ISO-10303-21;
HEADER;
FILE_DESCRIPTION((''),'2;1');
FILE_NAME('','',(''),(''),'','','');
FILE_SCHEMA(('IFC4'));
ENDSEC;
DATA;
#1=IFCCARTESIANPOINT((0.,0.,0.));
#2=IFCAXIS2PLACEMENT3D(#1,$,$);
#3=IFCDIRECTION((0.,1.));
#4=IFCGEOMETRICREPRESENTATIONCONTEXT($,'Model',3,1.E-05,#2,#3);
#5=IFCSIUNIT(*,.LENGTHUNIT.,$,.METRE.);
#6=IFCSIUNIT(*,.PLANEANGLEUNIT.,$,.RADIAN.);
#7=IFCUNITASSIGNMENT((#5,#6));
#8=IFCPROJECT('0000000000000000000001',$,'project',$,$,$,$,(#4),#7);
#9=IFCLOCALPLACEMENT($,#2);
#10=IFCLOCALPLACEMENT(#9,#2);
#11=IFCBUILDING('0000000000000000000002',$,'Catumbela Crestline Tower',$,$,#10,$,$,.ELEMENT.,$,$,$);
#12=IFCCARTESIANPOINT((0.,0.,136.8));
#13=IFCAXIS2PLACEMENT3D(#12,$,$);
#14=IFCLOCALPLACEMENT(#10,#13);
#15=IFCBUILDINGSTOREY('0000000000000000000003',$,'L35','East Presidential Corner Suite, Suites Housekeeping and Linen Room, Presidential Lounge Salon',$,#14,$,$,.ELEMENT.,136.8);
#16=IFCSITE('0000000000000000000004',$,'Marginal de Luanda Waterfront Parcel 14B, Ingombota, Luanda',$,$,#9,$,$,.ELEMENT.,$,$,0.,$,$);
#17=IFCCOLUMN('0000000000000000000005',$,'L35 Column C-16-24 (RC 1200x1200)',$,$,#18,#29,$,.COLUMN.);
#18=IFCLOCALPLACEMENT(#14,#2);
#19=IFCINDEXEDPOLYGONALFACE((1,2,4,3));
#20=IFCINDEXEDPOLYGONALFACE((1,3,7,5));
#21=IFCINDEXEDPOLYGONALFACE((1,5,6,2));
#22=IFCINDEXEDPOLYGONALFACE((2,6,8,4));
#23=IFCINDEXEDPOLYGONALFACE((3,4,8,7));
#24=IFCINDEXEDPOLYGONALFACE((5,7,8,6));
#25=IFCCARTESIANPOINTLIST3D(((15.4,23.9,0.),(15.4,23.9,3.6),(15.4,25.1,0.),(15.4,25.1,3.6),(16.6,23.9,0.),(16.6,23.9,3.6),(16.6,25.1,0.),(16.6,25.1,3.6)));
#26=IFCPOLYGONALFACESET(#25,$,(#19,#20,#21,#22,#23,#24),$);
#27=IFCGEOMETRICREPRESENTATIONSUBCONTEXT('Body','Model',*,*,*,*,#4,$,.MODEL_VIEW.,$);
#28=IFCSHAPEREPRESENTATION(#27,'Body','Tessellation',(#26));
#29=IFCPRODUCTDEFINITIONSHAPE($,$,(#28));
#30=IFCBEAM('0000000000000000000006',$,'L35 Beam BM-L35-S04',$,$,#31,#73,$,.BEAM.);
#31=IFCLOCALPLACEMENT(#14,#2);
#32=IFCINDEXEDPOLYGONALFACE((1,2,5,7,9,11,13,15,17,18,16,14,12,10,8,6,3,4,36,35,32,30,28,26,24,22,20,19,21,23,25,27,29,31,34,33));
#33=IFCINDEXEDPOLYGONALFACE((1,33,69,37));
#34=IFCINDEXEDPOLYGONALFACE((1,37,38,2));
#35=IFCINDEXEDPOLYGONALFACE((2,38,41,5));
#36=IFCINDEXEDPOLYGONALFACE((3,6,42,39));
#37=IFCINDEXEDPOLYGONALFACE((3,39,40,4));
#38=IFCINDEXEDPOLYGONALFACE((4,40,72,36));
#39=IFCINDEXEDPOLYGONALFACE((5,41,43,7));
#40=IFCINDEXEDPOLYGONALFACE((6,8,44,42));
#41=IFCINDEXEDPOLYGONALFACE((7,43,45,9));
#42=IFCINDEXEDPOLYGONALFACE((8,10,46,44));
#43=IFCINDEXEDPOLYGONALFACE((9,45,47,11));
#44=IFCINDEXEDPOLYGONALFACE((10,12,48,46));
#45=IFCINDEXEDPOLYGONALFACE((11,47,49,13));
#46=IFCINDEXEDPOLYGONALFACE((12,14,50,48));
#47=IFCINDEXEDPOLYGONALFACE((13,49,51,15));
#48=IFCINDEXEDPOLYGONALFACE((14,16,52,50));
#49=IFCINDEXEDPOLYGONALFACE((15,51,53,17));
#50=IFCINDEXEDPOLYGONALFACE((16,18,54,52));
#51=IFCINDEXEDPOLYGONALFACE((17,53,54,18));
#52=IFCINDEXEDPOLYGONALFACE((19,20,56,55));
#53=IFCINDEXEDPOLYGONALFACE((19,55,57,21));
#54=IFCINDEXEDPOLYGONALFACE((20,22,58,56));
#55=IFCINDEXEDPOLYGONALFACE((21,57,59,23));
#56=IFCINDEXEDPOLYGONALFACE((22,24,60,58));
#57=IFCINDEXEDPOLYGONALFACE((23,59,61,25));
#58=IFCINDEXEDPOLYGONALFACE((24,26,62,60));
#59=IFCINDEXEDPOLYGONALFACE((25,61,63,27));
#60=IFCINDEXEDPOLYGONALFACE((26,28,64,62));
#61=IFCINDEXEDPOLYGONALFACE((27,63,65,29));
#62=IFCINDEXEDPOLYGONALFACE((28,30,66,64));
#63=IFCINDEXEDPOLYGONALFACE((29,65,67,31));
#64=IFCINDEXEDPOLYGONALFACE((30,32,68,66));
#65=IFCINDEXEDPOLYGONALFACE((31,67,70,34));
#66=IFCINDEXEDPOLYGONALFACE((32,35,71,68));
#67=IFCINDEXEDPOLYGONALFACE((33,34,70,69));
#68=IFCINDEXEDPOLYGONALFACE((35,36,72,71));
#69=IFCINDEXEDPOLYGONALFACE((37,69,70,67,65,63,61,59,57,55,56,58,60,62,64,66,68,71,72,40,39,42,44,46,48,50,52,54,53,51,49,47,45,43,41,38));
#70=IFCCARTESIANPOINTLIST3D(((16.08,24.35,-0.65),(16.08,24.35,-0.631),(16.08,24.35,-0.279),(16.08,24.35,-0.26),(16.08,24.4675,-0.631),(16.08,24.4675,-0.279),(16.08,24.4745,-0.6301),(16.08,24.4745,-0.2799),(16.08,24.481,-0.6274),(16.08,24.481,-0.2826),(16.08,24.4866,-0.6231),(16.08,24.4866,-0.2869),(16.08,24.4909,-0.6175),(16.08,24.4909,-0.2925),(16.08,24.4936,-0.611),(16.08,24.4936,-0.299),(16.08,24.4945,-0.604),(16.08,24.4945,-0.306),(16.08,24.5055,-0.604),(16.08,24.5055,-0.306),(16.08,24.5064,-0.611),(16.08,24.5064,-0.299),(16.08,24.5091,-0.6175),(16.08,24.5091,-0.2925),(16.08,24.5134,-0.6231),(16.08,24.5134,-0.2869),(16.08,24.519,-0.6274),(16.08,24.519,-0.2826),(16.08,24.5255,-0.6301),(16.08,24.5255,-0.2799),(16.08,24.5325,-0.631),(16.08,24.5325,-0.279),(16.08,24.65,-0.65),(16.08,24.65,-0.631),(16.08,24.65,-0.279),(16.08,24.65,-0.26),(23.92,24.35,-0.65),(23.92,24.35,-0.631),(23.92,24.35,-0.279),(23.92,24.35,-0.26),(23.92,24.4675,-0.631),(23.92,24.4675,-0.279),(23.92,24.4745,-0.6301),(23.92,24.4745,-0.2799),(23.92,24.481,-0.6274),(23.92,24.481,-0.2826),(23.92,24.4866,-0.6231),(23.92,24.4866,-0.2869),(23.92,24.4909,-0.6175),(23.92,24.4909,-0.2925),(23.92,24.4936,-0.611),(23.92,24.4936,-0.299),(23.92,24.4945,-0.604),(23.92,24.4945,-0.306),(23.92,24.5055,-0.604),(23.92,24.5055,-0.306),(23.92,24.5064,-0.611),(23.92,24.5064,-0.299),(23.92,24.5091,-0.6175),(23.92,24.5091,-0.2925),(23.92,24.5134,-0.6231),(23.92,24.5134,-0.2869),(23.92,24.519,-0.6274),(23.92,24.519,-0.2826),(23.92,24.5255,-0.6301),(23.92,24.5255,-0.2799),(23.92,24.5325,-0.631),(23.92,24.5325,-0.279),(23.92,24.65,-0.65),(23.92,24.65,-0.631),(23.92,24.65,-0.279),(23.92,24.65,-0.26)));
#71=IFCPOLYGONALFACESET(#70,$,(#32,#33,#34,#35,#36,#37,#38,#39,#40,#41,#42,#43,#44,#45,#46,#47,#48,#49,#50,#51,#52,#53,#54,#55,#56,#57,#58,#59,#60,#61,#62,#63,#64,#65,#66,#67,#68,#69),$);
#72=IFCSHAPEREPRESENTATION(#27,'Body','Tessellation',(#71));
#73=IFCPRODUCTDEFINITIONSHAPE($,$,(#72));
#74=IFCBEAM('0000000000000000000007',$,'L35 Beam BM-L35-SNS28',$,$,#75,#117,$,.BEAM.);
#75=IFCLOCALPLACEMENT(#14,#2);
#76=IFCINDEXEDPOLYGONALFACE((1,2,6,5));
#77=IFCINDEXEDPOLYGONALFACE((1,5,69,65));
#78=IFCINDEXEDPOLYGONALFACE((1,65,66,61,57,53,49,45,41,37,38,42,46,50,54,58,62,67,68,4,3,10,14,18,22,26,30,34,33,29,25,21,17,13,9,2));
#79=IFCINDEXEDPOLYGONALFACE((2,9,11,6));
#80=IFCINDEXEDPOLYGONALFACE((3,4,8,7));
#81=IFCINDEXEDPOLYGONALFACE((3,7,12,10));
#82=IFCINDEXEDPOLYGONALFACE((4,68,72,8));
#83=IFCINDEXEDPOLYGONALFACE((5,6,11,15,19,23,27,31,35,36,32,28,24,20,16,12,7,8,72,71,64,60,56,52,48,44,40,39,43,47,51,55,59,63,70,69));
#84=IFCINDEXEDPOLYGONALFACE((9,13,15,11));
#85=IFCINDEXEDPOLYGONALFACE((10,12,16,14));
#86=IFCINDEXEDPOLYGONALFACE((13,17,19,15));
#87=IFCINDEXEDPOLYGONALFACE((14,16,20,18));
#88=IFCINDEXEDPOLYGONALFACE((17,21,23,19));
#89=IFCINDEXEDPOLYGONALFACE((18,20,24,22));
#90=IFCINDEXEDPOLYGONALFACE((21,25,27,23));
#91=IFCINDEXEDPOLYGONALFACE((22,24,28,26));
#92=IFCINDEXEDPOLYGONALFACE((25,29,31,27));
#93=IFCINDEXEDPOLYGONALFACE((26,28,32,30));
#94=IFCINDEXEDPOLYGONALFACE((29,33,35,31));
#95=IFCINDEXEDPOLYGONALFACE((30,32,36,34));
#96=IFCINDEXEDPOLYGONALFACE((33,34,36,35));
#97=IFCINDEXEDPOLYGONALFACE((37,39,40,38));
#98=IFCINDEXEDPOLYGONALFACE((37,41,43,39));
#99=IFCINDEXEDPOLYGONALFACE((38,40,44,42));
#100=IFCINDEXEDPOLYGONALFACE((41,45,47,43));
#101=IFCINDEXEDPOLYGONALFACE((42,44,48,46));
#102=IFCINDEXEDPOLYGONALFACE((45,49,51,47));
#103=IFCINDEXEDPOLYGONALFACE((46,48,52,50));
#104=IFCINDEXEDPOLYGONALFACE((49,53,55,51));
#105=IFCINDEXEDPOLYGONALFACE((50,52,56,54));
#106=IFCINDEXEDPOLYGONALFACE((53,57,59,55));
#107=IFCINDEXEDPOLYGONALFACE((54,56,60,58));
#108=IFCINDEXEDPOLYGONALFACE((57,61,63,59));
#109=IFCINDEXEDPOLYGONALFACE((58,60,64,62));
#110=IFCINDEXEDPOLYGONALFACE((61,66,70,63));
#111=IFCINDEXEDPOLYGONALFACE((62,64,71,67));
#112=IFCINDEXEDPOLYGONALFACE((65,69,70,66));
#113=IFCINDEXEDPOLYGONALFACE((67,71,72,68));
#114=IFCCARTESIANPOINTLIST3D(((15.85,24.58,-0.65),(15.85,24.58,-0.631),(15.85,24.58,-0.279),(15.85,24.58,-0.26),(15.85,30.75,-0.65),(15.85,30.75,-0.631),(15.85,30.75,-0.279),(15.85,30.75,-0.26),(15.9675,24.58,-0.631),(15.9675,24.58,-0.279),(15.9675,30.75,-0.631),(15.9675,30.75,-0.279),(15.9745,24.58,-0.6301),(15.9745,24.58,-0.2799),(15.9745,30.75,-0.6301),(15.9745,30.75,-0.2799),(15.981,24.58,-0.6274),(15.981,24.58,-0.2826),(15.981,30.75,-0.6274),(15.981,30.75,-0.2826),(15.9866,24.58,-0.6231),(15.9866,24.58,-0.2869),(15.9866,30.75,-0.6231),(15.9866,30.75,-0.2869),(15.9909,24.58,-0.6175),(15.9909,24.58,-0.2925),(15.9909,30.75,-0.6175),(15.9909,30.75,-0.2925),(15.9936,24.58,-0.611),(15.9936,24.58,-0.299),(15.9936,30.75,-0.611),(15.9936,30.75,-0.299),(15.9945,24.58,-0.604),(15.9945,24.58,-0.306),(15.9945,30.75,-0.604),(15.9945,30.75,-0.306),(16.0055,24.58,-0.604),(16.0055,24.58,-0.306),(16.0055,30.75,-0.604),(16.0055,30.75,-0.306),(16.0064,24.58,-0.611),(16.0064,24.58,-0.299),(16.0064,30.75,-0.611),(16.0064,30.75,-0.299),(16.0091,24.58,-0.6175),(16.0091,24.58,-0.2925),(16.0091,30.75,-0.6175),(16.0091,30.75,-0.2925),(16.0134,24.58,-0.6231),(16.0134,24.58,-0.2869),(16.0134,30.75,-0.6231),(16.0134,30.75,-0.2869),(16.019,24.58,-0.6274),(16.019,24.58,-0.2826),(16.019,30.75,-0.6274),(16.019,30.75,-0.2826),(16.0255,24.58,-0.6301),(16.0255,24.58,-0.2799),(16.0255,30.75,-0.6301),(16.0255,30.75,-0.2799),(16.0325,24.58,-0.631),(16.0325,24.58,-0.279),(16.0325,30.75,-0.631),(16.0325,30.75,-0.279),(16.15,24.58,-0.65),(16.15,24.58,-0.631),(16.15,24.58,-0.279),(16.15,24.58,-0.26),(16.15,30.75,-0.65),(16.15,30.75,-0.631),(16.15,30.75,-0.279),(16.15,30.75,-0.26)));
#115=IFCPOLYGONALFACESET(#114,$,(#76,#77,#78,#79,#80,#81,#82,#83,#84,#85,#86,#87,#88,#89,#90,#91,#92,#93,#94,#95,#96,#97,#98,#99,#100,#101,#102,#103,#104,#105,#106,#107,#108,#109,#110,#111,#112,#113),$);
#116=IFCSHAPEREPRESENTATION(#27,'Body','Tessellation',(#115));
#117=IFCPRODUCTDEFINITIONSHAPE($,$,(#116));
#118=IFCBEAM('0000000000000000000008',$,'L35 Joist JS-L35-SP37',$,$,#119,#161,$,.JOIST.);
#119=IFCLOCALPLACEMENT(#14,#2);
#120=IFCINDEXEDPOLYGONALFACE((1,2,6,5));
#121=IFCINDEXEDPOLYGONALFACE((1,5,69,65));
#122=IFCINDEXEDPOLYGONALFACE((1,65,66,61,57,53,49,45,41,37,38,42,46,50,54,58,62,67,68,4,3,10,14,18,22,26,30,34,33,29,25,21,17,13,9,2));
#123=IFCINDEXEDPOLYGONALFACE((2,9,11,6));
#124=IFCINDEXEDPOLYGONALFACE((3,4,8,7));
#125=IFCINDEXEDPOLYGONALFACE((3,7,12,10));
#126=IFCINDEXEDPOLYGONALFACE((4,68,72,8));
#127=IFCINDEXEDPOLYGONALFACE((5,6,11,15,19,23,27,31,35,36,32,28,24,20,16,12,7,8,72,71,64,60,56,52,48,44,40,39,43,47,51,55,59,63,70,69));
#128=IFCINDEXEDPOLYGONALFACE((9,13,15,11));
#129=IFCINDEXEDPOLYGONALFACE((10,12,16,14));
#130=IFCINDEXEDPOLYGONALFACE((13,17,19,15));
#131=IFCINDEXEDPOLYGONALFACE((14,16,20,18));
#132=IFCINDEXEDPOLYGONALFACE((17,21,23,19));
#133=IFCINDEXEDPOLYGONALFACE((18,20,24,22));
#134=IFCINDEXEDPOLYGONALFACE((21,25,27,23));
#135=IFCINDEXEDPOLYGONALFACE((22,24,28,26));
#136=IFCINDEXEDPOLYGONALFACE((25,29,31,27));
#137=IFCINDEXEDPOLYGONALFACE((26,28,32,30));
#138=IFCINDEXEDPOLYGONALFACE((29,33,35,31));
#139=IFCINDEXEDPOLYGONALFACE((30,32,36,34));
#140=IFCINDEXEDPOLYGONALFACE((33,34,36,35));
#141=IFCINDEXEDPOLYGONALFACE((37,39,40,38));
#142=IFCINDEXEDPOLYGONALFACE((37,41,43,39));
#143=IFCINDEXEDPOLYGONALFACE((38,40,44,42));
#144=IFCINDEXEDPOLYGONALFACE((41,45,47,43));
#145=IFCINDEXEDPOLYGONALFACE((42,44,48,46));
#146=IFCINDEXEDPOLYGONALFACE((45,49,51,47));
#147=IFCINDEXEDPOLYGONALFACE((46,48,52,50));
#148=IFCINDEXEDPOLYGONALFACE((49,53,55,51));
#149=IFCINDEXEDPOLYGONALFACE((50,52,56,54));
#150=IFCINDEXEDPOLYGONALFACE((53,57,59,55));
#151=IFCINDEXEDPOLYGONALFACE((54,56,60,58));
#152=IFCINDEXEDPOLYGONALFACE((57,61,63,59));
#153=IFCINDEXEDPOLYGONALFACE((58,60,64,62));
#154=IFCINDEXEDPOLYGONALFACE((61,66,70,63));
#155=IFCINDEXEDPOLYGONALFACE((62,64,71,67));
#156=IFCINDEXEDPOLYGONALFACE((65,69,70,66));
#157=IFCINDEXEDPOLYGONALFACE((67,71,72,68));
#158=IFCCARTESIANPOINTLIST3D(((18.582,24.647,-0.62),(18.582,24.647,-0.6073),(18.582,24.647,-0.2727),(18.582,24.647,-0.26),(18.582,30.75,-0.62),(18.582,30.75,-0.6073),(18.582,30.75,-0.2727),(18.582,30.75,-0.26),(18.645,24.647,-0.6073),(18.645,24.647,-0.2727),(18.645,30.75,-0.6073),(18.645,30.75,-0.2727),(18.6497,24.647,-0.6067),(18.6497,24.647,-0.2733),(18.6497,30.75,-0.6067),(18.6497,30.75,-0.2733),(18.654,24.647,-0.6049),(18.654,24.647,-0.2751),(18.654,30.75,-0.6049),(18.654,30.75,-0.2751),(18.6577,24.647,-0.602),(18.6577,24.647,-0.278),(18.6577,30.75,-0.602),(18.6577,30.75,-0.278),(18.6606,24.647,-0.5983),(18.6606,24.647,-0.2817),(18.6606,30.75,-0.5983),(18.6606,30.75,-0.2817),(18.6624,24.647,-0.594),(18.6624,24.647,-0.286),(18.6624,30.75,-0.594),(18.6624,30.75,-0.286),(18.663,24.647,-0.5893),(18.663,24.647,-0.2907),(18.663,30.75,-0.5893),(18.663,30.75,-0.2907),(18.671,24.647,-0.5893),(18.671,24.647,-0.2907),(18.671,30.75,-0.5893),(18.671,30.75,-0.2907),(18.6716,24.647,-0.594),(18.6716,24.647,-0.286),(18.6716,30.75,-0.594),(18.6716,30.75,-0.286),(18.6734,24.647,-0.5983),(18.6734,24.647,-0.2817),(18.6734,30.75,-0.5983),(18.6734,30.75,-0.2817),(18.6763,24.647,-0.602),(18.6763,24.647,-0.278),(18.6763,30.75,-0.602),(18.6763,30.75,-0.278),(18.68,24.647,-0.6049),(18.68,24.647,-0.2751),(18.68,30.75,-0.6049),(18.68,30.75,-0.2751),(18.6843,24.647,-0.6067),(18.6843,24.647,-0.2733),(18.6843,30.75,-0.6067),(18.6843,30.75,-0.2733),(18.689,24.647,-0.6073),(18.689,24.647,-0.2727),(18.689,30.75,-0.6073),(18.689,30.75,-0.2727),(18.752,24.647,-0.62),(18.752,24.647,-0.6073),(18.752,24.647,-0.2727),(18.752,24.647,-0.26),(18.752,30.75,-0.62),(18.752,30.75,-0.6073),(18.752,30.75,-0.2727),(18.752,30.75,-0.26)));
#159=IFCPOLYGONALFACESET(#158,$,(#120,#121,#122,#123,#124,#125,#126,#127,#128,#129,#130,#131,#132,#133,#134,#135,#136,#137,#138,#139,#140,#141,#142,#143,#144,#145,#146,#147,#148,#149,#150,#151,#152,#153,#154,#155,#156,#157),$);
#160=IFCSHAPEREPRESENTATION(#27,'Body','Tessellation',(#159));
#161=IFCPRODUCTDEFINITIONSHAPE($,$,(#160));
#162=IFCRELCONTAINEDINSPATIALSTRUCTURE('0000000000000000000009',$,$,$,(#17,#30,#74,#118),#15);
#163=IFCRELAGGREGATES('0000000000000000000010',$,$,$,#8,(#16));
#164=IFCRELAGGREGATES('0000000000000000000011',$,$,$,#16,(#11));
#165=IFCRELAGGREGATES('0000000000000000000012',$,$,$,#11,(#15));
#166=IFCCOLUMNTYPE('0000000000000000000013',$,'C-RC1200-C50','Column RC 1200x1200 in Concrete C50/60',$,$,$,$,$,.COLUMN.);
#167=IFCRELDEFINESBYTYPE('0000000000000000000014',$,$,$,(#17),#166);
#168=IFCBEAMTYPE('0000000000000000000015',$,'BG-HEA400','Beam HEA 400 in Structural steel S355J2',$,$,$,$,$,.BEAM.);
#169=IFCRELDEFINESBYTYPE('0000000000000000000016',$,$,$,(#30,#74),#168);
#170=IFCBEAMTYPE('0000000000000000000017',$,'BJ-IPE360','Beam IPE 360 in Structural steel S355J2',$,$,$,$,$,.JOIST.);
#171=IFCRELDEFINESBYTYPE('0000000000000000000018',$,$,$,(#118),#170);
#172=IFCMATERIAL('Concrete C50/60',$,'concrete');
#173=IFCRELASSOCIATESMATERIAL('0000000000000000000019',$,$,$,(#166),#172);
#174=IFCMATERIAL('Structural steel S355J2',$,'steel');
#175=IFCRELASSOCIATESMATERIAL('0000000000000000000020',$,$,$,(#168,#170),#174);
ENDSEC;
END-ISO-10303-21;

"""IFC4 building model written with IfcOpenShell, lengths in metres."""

from ifc_helpers import new_model, si_unit, direction, frame, origin, origin_2d, place, context, subcontext, project, spatial, rectangle, i_section, extrude, material, material_profile, profile_set, type_object, element, save


model = new_model("IFC4")

# Units and contexts
model_context = context("Model", 3, precision=1e-05, world=origin(), true_north=direction((0.0, 1.0)))
body_context = subcontext(model_context, "Body", "Model", "MODEL_VIEW")
ifc_project = project(units=[si_unit("LENGTHUNIT", "METRE"), si_unit("PLANEANGLEUNIT", "RADIAN")], contexts=[model_context])

# Site, building, storey
site_placement = place(None, origin())
site = spatial("IfcSite", under=ifc_project, at=site_placement, Name="Marginal de Luanda Waterfront Parcel 14B, Ingombota, Luanda", CompositionType="ELEMENT", RefElevation=0.0)
building_placement = place(site_placement, origin())
building = spatial("IfcBuilding", under=site, at=building_placement, Name="Catumbela Crestline Tower", CompositionType="ELEMENT")
storey_placement = place(building_placement, frame((0.0, 0.0, 136.8)))
storey = spatial("IfcBuildingStorey", under=building, at=storey_placement, Name="L35", Description="East Presidential Corner Suite, Suites Housekeeping and Linen Room, Presidential Lounge Salon", CompositionType="ELEMENT", Elevation=136.8)

# Column
ifc_material_1 = material(Name="Concrete C50/60", Category="concrete")
ifc_material_profile_1 = material_profile(ifc_material_1, rectangle(XDim=1.2, YDim=1.2, at=origin_2d()), Name="RC 1200x1200")
ifc_profile_set_1 = profile_set([ifc_material_profile_1], Name="Concrete C50/60")
column_type = type_object("IfcColumnType", Name="C-RC1200-C50", Description="Column RC 1200x1200 in Concrete C50/60", PredefinedType="COLUMN", material=ifc_profile_set_1)
column_placement = place(storey_placement, frame((16.0, 24.5, 0.0), z_axis=(0.0, 0.0, 1.0), x_axis=(1.0, 0.0, 0.0)))
element("IfcColumn", 1, at=column_placement, inside=storey, type_object=column_type, Name="L35 Column C-16-24 (RC 1200x1200)", PredefinedType="COLUMN", context=body_context, shape_type="SweptSolid", body=[
    extrude(rectangle(XDim=1.2, YDim=1.2, at=origin_2d()), origin(), (0.0, 0.0, 1.0), 3.6),
])

# Beams
ifc_material_2 = material(Name="Structural steel S355J2", Category="steel")
ifc_material_profile_2 = material_profile(ifc_material_2, i_section(OverallWidth=0.3, OverallDepth=0.39, WebThickness=0.011, FlangeThickness=0.019, FilletRadius=0.027, at=origin_2d()), Name="HEA 400")
ifc_profile_set_2 = profile_set([ifc_material_profile_2], Name="Structural steel S355J2")
beam_type_1 = type_object("IfcBeamType", Name="BG-HEA400", Description="Beam HEA 400 in Structural steel S355J2", PredefinedType="BEAM", material=ifc_profile_set_2)
beam_1_placement = place(storey_placement, frame((16.08, 24.5, -0.455), z_axis=(1.0, 0.0, 0.0), x_axis=(0.0, 1.0, 0.0)))
element("IfcBeam", 2, at=beam_1_placement, inside=storey, type_object=beam_type_1, Name="L35 Beam BM-L35-S04", PredefinedType="BEAM", context=body_context, shape_type="SweptSolid", body=[
    extrude(i_section(OverallWidth=0.3, OverallDepth=0.39, WebThickness=0.011, FlangeThickness=0.019, FilletRadius=0.027, at=origin_2d()), origin(), (0.0, 0.0, 1.0), 7.84),
])
beam_2_placement = place(storey_placement, frame((16.0, 24.58, -0.455), z_axis=(0.0, 1.0, 0.0), x_axis=(-1.0, 0.0, 0.0)))
element("IfcBeam", 3, at=beam_2_placement, inside=storey, type_object=beam_type_1, Name="L35 Beam BM-L35-SNS28", PredefinedType="BEAM", context=body_context, shape_type="SweptSolid", body=[
    extrude(i_section(OverallWidth=0.3, OverallDepth=0.39, WebThickness=0.011, FlangeThickness=0.019, FilletRadius=0.027, at=origin_2d()), origin(), (0.0, 0.0, 1.0), 6.17),
])
ifc_material_profile_3 = material_profile(ifc_material_2, i_section(OverallWidth=0.17, OverallDepth=0.36, WebThickness=0.008, FlangeThickness=0.0127, FilletRadius=0.018, at=origin_2d()), Name="IPE 360")
ifc_profile_set_3 = profile_set([ifc_material_profile_3], Name="Structural steel S355J2")
beam_type_2 = type_object("IfcBeamType", Name="BJ-IPE360", Description="Beam IPE 360 in Structural steel S355J2", PredefinedType="JOIST", material=ifc_profile_set_3)
beam_3_placement = place(storey_placement, frame((18.667, 24.647, -0.44), z_axis=(0.0, 1.0, 0.0), x_axis=(-1.0, 0.0, 0.0)))
element("IfcBeam", 4, at=beam_3_placement, inside=storey, type_object=beam_type_2, Name="L35 Joist JS-L35-SP37", PredefinedType="JOIST", context=body_context, shape_type="SweptSolid", body=[
    extrude(i_section(OverallWidth=0.17, OverallDepth=0.36, WebThickness=0.008, FlangeThickness=0.0127, FilletRadius=0.018, at=origin_2d()), origin(), (0.0, 0.0, 1.0), 6.103),
])

save(model, "model.ifc")
